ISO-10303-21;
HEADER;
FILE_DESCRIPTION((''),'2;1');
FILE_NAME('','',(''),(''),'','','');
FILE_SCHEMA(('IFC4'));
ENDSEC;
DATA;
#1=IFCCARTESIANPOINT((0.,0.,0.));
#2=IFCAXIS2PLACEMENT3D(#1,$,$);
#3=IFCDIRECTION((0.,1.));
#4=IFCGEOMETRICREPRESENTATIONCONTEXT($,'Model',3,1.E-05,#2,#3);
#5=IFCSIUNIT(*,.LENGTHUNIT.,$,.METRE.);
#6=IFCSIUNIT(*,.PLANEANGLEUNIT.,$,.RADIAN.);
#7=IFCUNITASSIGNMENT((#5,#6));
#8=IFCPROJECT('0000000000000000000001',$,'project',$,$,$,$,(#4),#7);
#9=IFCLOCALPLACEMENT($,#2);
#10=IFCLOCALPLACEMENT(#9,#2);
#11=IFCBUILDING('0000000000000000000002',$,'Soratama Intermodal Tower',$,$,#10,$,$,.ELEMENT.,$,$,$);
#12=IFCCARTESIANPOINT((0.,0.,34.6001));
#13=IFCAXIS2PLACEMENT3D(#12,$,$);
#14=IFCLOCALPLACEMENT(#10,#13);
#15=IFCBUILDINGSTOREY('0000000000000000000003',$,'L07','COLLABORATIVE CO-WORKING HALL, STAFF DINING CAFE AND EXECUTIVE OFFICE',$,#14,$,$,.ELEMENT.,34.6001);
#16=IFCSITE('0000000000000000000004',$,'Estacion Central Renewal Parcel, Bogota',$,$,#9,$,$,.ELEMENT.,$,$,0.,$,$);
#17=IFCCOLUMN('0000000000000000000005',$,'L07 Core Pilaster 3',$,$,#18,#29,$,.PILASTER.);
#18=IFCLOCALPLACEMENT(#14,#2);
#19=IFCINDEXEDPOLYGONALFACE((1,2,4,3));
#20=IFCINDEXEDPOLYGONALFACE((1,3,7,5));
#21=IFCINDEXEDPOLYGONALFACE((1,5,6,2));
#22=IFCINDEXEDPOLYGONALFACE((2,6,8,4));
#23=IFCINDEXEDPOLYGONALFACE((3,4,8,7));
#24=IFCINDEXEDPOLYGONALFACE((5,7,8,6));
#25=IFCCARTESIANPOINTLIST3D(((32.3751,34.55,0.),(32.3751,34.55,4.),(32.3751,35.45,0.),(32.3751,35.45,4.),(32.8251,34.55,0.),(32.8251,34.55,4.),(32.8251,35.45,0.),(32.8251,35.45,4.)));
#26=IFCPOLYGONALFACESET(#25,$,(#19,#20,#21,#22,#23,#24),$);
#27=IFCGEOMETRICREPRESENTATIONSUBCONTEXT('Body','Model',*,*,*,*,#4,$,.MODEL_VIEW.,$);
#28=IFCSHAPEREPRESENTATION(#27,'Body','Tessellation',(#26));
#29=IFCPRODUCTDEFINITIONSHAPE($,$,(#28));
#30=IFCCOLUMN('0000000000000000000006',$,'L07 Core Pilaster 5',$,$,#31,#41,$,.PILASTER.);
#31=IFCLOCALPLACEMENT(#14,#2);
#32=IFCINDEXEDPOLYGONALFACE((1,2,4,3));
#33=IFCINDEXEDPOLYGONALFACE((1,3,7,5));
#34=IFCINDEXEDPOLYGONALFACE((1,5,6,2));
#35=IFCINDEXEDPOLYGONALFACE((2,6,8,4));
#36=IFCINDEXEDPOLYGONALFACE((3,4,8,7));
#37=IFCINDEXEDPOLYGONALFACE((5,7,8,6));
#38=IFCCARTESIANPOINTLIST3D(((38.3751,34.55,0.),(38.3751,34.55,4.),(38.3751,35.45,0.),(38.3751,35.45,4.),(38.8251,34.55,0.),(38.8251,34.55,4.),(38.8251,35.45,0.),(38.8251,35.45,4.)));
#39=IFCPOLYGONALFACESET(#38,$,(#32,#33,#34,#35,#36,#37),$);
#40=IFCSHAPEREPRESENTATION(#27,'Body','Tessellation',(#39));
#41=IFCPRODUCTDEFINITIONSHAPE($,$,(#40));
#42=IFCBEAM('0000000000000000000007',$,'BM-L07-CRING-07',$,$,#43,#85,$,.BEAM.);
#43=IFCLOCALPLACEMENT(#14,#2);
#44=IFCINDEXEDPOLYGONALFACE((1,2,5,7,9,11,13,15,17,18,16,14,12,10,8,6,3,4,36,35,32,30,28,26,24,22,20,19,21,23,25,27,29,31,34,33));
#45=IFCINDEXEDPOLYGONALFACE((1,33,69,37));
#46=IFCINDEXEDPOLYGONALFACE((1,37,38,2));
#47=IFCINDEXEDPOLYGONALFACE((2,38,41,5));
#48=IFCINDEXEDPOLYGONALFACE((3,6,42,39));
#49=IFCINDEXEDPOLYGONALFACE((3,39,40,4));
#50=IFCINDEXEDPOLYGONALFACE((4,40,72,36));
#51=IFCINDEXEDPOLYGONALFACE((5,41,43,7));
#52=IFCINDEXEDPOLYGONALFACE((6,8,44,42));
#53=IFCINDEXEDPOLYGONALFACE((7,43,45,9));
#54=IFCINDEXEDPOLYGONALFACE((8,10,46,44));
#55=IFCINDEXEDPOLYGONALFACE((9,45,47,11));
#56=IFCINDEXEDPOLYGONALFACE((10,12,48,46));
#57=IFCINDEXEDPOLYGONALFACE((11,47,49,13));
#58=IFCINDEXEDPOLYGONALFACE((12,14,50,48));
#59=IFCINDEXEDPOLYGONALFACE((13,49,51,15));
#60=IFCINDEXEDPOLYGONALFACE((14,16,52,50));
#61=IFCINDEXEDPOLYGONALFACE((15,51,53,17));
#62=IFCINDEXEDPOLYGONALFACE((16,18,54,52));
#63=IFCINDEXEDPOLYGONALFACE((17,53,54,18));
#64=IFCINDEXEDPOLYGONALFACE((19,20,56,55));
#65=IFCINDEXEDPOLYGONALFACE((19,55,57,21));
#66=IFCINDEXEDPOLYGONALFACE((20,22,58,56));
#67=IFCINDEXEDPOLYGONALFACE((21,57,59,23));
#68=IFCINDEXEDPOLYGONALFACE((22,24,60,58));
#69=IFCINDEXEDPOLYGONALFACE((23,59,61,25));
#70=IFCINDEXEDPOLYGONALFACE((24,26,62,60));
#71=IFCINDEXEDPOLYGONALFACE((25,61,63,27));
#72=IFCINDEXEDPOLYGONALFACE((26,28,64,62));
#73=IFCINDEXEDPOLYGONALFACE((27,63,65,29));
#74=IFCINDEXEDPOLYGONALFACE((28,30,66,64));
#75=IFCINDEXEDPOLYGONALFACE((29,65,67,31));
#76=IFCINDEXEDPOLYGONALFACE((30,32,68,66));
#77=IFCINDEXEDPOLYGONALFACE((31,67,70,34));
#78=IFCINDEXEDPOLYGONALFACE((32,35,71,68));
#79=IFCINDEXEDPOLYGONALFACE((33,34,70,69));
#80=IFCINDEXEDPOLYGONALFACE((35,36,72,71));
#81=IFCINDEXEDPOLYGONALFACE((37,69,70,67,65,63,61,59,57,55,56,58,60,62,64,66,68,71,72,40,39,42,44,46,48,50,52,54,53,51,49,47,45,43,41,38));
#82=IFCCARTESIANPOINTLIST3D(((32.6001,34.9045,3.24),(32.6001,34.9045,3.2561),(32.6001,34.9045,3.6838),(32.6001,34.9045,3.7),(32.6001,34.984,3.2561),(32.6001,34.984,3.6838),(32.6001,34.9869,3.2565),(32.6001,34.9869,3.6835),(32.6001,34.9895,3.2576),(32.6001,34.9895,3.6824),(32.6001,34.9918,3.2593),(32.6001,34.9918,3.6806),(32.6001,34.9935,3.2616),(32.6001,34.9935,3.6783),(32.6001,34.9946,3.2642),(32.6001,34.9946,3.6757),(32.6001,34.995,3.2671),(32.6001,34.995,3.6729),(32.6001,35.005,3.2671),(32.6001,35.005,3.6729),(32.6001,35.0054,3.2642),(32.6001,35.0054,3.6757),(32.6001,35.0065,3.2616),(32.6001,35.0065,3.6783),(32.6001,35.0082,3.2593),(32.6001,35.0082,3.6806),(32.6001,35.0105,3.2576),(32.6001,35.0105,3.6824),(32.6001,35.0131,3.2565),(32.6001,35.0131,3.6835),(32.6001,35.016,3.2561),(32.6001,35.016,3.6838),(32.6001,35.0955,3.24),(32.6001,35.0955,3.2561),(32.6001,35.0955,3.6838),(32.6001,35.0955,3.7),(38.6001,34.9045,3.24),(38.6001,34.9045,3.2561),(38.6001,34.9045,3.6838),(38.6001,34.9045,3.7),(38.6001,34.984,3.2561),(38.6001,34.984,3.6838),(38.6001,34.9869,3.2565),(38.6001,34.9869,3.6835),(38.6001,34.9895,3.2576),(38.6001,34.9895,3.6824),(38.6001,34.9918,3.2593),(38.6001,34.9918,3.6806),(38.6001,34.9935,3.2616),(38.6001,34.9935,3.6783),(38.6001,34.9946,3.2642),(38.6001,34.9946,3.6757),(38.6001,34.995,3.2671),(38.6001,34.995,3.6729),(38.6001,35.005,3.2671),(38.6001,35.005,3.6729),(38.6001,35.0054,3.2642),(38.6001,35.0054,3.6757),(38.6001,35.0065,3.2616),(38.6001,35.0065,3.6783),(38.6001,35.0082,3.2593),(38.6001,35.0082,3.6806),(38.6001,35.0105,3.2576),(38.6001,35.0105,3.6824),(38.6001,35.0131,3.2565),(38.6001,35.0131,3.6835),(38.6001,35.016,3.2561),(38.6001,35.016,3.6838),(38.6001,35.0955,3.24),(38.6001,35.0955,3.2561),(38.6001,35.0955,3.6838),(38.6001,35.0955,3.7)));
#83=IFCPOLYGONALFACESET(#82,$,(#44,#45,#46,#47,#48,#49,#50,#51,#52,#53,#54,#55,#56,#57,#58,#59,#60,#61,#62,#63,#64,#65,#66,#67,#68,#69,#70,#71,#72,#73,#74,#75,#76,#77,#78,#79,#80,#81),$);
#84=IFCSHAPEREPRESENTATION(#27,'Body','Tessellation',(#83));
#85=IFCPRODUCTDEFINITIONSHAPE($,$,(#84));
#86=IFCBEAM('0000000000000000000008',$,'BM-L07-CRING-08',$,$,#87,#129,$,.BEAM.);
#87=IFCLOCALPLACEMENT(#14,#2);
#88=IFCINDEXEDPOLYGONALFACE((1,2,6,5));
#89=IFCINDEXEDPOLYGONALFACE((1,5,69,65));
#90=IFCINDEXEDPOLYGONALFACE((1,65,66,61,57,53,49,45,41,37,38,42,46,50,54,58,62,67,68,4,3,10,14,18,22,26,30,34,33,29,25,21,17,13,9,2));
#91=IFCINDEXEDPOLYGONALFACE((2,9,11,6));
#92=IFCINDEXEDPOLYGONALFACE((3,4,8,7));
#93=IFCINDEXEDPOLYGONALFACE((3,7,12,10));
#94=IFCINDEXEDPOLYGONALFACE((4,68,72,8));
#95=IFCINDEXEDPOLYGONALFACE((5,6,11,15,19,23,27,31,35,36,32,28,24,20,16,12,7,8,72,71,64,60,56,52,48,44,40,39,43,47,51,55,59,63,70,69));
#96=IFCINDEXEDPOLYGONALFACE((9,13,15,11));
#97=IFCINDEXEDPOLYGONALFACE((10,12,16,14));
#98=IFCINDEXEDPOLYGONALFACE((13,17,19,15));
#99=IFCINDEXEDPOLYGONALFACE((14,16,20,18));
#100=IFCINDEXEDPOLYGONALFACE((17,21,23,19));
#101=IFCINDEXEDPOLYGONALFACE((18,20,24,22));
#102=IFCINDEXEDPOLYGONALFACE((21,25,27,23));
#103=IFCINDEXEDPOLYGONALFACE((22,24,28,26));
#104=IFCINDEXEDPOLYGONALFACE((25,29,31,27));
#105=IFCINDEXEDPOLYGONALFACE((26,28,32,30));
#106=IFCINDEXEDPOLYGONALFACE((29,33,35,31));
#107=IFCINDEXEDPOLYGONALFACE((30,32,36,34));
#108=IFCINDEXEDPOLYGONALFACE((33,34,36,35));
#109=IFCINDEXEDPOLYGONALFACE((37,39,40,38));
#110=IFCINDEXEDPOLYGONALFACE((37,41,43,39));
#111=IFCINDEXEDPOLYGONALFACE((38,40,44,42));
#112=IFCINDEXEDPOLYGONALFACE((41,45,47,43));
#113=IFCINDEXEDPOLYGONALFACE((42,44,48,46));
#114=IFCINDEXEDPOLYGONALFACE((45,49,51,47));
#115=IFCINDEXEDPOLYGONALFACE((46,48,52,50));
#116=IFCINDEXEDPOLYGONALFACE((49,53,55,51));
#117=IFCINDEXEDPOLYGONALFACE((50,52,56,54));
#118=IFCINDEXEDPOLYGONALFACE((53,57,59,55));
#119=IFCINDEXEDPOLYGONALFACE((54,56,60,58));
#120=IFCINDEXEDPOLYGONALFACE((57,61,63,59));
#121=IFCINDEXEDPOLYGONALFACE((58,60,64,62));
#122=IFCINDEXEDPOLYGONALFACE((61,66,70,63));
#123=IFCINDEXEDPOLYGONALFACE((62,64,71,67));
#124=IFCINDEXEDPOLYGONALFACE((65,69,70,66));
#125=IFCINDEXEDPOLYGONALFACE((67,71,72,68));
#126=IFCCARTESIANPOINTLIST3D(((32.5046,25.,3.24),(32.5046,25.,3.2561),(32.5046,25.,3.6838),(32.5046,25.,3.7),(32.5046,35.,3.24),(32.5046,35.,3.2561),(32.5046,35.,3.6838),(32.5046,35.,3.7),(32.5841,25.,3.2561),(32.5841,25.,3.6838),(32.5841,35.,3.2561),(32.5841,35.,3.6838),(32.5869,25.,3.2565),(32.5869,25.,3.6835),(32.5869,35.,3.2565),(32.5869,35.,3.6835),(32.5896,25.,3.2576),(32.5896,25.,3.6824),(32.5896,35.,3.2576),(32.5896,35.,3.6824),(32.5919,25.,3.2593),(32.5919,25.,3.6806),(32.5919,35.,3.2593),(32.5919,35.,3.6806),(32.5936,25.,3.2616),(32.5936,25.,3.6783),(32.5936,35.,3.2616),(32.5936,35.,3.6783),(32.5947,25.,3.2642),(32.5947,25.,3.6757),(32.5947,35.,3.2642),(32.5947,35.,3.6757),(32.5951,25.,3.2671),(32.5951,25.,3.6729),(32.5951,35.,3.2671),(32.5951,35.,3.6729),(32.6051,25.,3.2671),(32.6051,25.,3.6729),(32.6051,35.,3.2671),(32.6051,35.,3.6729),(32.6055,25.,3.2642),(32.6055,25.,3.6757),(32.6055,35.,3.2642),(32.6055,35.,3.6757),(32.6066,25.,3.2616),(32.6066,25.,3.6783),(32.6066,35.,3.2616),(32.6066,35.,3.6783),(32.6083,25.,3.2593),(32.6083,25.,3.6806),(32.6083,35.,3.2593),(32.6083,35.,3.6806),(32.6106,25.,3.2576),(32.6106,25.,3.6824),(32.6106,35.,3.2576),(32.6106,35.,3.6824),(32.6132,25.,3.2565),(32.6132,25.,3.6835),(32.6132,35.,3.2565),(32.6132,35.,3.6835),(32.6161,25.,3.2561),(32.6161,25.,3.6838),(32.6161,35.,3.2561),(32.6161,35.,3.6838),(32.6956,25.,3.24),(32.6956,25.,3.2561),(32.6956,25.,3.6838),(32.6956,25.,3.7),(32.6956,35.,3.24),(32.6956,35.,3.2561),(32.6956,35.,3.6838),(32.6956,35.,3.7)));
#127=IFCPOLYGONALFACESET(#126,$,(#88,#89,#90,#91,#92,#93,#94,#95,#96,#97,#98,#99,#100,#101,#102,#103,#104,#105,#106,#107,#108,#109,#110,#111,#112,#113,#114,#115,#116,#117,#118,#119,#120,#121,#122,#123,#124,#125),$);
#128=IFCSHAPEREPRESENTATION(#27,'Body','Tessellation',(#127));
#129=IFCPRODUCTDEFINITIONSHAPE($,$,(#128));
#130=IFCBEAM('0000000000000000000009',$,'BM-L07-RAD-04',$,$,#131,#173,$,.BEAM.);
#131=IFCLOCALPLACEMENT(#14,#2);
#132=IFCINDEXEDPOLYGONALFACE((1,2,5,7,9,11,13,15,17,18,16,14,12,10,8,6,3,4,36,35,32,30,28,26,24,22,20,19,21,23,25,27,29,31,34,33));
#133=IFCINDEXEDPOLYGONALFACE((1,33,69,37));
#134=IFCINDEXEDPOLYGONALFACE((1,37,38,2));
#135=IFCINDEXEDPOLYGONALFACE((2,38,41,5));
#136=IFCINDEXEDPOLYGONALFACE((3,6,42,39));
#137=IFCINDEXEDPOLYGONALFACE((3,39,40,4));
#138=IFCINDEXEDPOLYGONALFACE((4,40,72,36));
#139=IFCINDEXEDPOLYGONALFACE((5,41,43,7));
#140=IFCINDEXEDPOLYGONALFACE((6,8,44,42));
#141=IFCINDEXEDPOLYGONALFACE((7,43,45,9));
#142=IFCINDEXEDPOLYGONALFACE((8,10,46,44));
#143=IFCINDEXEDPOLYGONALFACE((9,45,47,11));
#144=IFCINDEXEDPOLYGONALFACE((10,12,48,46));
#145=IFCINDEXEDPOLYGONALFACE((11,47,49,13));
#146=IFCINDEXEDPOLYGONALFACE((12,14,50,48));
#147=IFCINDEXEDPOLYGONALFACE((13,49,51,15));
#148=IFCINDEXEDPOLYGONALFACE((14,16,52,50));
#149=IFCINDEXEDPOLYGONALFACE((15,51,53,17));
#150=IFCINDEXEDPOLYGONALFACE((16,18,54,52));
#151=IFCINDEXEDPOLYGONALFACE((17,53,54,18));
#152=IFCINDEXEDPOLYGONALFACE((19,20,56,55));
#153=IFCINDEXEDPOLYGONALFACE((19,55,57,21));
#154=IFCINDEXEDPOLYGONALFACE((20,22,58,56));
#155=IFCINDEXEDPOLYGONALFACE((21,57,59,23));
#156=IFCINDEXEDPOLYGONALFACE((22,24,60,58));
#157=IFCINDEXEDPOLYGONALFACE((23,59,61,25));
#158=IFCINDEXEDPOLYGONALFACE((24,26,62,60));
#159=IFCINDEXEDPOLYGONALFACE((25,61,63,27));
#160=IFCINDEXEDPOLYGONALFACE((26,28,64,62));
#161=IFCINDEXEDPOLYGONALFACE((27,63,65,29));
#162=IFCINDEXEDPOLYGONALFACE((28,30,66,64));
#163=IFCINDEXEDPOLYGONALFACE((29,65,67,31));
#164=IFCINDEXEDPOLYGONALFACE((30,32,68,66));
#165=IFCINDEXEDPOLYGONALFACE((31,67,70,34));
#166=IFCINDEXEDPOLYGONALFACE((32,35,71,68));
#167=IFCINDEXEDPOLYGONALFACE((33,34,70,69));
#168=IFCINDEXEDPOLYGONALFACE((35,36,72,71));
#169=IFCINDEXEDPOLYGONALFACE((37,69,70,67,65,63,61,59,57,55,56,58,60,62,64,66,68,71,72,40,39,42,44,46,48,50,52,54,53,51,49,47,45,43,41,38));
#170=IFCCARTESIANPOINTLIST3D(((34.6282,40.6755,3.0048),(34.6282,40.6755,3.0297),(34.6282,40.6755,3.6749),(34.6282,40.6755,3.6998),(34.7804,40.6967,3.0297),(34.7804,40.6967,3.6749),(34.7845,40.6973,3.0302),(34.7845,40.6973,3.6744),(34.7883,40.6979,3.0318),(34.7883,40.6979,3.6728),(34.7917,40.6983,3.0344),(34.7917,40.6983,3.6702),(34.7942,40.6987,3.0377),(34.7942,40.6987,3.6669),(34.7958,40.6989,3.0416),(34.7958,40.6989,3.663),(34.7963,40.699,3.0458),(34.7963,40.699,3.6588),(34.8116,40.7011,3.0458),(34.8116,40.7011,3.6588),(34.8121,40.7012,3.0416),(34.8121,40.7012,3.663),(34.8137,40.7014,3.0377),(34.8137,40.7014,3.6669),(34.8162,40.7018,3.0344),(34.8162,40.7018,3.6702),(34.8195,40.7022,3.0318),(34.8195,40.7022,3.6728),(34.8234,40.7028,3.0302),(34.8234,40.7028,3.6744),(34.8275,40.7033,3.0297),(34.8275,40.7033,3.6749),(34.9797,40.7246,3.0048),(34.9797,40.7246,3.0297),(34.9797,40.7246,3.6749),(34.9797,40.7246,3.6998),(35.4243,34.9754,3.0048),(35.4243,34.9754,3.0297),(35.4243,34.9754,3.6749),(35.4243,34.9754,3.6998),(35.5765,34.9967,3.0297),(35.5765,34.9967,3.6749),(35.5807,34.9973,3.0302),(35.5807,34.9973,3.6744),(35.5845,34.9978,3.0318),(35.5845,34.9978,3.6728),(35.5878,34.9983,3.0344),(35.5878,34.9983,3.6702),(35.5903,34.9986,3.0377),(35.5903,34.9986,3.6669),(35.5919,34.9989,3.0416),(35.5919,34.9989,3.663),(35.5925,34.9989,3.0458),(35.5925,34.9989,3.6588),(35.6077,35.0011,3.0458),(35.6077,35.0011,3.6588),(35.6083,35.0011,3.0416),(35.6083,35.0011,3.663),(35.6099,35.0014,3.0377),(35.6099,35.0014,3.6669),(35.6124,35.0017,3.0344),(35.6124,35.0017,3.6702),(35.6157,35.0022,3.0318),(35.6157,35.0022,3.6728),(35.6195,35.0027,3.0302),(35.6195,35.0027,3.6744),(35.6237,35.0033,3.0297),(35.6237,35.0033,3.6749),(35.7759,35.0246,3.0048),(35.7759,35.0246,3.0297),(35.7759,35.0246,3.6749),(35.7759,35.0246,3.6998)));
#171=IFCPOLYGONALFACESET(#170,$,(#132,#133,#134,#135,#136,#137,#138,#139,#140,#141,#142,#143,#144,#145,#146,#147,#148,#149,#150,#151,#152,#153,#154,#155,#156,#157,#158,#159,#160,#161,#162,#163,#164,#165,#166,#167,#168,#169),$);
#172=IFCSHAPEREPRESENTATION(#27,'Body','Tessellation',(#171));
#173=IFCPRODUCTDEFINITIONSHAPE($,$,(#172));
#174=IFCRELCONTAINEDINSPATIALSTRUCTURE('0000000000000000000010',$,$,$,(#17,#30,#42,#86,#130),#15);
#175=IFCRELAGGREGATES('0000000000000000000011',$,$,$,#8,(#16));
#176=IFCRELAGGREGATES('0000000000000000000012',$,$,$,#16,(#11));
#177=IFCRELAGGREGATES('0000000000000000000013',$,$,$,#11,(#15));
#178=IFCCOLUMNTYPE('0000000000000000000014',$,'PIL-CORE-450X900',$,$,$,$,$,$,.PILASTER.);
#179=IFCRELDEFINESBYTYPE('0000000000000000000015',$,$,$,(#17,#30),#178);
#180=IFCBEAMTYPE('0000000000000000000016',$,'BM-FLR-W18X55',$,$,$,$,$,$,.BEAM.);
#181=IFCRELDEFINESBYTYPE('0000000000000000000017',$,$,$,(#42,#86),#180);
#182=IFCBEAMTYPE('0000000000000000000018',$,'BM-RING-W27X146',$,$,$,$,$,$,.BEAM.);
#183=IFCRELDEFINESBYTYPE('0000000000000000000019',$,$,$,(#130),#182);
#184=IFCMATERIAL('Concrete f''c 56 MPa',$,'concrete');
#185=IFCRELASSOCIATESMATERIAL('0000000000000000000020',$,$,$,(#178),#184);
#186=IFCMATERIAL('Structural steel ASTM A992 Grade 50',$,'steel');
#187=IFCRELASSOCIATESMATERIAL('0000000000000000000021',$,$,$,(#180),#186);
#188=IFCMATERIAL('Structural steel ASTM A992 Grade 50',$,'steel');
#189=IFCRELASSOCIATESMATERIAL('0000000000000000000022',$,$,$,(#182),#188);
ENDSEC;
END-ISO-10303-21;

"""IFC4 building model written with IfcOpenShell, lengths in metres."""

from ifc_helpers import new_model, si_unit, direction, frame, origin, origin_2d, place, context, subcontext, project, spatial, rectangle, i_section, extrude, material, material_profile, profile_set, type_object, element, save


model = new_model("IFC4")

# Units and contexts
model_context = context("Model", 3, precision=1e-05, world=origin(), true_north=direction((0.0, 1.0)))
body_context = subcontext(model_context, "Body", "Model", "MODEL_VIEW")
ifc_project = project(units=[si_unit("LENGTHUNIT", "METRE"), si_unit("PLANEANGLEUNIT", "RADIAN")], contexts=[model_context])

# Site, building, storey
site_placement = place(None, origin())
site = spatial("IfcSite", under=ifc_project, at=site_placement, Name="Estacion Central Renewal Parcel, Bogota", CompositionType="ELEMENT", RefElevation=0.0)
building_placement = place(site_placement, origin())
building = spatial("IfcBuilding", under=site, at=building_placement, Name="Soratama Intermodal Tower", CompositionType="ELEMENT")
storey_placement = place(building_placement, frame((0.0, 0.0, 34.6001)))
storey = spatial("IfcBuildingStorey", under=building, at=storey_placement, Name="L07", Description="COLLABORATIVE CO-WORKING HALL, STAFF DINING CAFE AND EXECUTIVE OFFICE", CompositionType="ELEMENT", Elevation=34.6001)

# Columns
ifc_material_1 = material(Name="Concrete f'c 56 MPa", Category="concrete")
ifc_material_profile_1 = material_profile(ifc_material_1, rectangle(XDim=0.45, YDim=0.8999, at=origin_2d()), Name="RC450X900")
ifc_profile_set_1 = profile_set([ifc_material_profile_1], Name="Concrete f'c 56 MPa")
column_type = type_object("IfcColumnType", Name="PIL-CORE-450X900", PredefinedType="PILASTER", material=ifc_profile_set_1)
for number, where, z_axis, x_axis, name in (
    (1, (32.6001, 35.0, 0.0), (0.0, 0.0, 1.0), (1.0, 0.0, 0.0), "L07 Core Pilaster 3"),
    (2, (38.6001, 35.0, 0.0), (0.0, 0.0, 1.0), (1.0, 0.0, 0.0), "L07 Core Pilaster 5"),
):
    element("IfcColumn", number, at=place(storey_placement, frame(where, z_axis=z_axis, x_axis=x_axis)), inside=storey, type_object=column_type, Name=name, PredefinedType="PILASTER", context=body_context, shape_type="SweptSolid", body=[
        extrude(rectangle(XDim=0.45, YDim=0.8999, at=origin_2d()), origin(), (0.0, 0.0, 1.0), 4.0),
    ])

# Beams
ifc_material_2 = material(Name="Structural steel ASTM A992 Grade 50", Category="steel")
ifc_material_profile_2 = material_profile(ifc_material_2, i_section(OverallWidth=0.1909, OverallDepth=0.46, WebThickness=0.01, FlangeThickness=0.0161, FilletRadius=0.011, at=origin_2d()), Name="W18X55")
ifc_profile_set_2 = profile_set([ifc_material_profile_2], Name="Structural steel ASTM A992 Grade 50")
beam_type_1 = type_object("IfcBeamType", Name="BM-FLR-W18X55", PredefinedType="BEAM", material=ifc_profile_set_2)
beam_1_placement = place(storey_placement, frame((38.6001, 35.0, 3.47), z_axis=(-1.0, 0.0, 0.0), x_axis=(0.0, -1.0, 0.0)))
element("IfcBeam", 3, at=beam_1_placement, inside=storey, type_object=beam_type_1, Name="BM-L07-CRING-07", PredefinedType="BEAM", context=body_context, shape_type="SweptSolid", body=[
    extrude(i_section(OverallWidth=0.1909, OverallDepth=0.46, WebThickness=0.01, FlangeThickness=0.0161, FilletRadius=0.011, at=origin_2d()), origin(), (0.0, 0.0, 1.0), 6.0),
])
beam_2_placement = place(storey_placement, frame((32.6001, 35.0, 3.47), z_axis=(0.0, -1.0, 0.0), x_axis=(1.0, 0.0, 0.0)))
element("IfcBeam", 4, at=beam_2_placement, inside=storey, type_object=beam_type_1, Name="BM-L07-CRING-08", PredefinedType="BEAM", context=body_context, shape_type="SweptSolid", body=[
    extrude(i_section(OverallWidth=0.1909, OverallDepth=0.46, WebThickness=0.01, FlangeThickness=0.0161, FilletRadius=0.011, at=origin_2d()), origin(), (0.0, 0.0, 1.0), 10.0),
])
ifc_material_3 = material(Name="Structural steel ASTM A992 Grade 50", Category="steel")
ifc_material_profile_3 = material_profile(ifc_material_3, i_section(OverallWidth=0.355, OverallDepth=0.6951, WebThickness=0.0154, FlangeThickness=0.0249, FilletRadius=0.0161, at=origin_2d()), Name="W27X146")
ifc_profile_set_3 = profile_set([ifc_material_profile_3], Name="Structural steel ASTM A992 Grade 50")
beam_type_2 = type_object("IfcBeamType", Name="BM-RING-W27X146", PredefinedType="BEAM", material=ifc_profile_set_3)
beam_3_placement = place(storey_placement, frame((35.6001, 35.0, 3.3523), z_axis=(-0.138332, 0.990386, 0.0), x_axis=(-0.990386, -0.138332, 0.0)))
element("IfcBeam", 5, at=beam_3_placement, inside=storey, type_object=beam_type_2, Name="BM-L07-RAD-04", PredefinedType="BEAM", context=body_context, shape_type="SweptSolid", body=[
    extrude(i_section(OverallWidth=0.355, OverallDepth=0.6951, WebThickness=0.0154, FlangeThickness=0.0249, FilletRadius=0.0161, at=origin_2d()), origin(), (0.0, 0.0, 1.0), 5.7554),
])

save(model, "model.ifc")
